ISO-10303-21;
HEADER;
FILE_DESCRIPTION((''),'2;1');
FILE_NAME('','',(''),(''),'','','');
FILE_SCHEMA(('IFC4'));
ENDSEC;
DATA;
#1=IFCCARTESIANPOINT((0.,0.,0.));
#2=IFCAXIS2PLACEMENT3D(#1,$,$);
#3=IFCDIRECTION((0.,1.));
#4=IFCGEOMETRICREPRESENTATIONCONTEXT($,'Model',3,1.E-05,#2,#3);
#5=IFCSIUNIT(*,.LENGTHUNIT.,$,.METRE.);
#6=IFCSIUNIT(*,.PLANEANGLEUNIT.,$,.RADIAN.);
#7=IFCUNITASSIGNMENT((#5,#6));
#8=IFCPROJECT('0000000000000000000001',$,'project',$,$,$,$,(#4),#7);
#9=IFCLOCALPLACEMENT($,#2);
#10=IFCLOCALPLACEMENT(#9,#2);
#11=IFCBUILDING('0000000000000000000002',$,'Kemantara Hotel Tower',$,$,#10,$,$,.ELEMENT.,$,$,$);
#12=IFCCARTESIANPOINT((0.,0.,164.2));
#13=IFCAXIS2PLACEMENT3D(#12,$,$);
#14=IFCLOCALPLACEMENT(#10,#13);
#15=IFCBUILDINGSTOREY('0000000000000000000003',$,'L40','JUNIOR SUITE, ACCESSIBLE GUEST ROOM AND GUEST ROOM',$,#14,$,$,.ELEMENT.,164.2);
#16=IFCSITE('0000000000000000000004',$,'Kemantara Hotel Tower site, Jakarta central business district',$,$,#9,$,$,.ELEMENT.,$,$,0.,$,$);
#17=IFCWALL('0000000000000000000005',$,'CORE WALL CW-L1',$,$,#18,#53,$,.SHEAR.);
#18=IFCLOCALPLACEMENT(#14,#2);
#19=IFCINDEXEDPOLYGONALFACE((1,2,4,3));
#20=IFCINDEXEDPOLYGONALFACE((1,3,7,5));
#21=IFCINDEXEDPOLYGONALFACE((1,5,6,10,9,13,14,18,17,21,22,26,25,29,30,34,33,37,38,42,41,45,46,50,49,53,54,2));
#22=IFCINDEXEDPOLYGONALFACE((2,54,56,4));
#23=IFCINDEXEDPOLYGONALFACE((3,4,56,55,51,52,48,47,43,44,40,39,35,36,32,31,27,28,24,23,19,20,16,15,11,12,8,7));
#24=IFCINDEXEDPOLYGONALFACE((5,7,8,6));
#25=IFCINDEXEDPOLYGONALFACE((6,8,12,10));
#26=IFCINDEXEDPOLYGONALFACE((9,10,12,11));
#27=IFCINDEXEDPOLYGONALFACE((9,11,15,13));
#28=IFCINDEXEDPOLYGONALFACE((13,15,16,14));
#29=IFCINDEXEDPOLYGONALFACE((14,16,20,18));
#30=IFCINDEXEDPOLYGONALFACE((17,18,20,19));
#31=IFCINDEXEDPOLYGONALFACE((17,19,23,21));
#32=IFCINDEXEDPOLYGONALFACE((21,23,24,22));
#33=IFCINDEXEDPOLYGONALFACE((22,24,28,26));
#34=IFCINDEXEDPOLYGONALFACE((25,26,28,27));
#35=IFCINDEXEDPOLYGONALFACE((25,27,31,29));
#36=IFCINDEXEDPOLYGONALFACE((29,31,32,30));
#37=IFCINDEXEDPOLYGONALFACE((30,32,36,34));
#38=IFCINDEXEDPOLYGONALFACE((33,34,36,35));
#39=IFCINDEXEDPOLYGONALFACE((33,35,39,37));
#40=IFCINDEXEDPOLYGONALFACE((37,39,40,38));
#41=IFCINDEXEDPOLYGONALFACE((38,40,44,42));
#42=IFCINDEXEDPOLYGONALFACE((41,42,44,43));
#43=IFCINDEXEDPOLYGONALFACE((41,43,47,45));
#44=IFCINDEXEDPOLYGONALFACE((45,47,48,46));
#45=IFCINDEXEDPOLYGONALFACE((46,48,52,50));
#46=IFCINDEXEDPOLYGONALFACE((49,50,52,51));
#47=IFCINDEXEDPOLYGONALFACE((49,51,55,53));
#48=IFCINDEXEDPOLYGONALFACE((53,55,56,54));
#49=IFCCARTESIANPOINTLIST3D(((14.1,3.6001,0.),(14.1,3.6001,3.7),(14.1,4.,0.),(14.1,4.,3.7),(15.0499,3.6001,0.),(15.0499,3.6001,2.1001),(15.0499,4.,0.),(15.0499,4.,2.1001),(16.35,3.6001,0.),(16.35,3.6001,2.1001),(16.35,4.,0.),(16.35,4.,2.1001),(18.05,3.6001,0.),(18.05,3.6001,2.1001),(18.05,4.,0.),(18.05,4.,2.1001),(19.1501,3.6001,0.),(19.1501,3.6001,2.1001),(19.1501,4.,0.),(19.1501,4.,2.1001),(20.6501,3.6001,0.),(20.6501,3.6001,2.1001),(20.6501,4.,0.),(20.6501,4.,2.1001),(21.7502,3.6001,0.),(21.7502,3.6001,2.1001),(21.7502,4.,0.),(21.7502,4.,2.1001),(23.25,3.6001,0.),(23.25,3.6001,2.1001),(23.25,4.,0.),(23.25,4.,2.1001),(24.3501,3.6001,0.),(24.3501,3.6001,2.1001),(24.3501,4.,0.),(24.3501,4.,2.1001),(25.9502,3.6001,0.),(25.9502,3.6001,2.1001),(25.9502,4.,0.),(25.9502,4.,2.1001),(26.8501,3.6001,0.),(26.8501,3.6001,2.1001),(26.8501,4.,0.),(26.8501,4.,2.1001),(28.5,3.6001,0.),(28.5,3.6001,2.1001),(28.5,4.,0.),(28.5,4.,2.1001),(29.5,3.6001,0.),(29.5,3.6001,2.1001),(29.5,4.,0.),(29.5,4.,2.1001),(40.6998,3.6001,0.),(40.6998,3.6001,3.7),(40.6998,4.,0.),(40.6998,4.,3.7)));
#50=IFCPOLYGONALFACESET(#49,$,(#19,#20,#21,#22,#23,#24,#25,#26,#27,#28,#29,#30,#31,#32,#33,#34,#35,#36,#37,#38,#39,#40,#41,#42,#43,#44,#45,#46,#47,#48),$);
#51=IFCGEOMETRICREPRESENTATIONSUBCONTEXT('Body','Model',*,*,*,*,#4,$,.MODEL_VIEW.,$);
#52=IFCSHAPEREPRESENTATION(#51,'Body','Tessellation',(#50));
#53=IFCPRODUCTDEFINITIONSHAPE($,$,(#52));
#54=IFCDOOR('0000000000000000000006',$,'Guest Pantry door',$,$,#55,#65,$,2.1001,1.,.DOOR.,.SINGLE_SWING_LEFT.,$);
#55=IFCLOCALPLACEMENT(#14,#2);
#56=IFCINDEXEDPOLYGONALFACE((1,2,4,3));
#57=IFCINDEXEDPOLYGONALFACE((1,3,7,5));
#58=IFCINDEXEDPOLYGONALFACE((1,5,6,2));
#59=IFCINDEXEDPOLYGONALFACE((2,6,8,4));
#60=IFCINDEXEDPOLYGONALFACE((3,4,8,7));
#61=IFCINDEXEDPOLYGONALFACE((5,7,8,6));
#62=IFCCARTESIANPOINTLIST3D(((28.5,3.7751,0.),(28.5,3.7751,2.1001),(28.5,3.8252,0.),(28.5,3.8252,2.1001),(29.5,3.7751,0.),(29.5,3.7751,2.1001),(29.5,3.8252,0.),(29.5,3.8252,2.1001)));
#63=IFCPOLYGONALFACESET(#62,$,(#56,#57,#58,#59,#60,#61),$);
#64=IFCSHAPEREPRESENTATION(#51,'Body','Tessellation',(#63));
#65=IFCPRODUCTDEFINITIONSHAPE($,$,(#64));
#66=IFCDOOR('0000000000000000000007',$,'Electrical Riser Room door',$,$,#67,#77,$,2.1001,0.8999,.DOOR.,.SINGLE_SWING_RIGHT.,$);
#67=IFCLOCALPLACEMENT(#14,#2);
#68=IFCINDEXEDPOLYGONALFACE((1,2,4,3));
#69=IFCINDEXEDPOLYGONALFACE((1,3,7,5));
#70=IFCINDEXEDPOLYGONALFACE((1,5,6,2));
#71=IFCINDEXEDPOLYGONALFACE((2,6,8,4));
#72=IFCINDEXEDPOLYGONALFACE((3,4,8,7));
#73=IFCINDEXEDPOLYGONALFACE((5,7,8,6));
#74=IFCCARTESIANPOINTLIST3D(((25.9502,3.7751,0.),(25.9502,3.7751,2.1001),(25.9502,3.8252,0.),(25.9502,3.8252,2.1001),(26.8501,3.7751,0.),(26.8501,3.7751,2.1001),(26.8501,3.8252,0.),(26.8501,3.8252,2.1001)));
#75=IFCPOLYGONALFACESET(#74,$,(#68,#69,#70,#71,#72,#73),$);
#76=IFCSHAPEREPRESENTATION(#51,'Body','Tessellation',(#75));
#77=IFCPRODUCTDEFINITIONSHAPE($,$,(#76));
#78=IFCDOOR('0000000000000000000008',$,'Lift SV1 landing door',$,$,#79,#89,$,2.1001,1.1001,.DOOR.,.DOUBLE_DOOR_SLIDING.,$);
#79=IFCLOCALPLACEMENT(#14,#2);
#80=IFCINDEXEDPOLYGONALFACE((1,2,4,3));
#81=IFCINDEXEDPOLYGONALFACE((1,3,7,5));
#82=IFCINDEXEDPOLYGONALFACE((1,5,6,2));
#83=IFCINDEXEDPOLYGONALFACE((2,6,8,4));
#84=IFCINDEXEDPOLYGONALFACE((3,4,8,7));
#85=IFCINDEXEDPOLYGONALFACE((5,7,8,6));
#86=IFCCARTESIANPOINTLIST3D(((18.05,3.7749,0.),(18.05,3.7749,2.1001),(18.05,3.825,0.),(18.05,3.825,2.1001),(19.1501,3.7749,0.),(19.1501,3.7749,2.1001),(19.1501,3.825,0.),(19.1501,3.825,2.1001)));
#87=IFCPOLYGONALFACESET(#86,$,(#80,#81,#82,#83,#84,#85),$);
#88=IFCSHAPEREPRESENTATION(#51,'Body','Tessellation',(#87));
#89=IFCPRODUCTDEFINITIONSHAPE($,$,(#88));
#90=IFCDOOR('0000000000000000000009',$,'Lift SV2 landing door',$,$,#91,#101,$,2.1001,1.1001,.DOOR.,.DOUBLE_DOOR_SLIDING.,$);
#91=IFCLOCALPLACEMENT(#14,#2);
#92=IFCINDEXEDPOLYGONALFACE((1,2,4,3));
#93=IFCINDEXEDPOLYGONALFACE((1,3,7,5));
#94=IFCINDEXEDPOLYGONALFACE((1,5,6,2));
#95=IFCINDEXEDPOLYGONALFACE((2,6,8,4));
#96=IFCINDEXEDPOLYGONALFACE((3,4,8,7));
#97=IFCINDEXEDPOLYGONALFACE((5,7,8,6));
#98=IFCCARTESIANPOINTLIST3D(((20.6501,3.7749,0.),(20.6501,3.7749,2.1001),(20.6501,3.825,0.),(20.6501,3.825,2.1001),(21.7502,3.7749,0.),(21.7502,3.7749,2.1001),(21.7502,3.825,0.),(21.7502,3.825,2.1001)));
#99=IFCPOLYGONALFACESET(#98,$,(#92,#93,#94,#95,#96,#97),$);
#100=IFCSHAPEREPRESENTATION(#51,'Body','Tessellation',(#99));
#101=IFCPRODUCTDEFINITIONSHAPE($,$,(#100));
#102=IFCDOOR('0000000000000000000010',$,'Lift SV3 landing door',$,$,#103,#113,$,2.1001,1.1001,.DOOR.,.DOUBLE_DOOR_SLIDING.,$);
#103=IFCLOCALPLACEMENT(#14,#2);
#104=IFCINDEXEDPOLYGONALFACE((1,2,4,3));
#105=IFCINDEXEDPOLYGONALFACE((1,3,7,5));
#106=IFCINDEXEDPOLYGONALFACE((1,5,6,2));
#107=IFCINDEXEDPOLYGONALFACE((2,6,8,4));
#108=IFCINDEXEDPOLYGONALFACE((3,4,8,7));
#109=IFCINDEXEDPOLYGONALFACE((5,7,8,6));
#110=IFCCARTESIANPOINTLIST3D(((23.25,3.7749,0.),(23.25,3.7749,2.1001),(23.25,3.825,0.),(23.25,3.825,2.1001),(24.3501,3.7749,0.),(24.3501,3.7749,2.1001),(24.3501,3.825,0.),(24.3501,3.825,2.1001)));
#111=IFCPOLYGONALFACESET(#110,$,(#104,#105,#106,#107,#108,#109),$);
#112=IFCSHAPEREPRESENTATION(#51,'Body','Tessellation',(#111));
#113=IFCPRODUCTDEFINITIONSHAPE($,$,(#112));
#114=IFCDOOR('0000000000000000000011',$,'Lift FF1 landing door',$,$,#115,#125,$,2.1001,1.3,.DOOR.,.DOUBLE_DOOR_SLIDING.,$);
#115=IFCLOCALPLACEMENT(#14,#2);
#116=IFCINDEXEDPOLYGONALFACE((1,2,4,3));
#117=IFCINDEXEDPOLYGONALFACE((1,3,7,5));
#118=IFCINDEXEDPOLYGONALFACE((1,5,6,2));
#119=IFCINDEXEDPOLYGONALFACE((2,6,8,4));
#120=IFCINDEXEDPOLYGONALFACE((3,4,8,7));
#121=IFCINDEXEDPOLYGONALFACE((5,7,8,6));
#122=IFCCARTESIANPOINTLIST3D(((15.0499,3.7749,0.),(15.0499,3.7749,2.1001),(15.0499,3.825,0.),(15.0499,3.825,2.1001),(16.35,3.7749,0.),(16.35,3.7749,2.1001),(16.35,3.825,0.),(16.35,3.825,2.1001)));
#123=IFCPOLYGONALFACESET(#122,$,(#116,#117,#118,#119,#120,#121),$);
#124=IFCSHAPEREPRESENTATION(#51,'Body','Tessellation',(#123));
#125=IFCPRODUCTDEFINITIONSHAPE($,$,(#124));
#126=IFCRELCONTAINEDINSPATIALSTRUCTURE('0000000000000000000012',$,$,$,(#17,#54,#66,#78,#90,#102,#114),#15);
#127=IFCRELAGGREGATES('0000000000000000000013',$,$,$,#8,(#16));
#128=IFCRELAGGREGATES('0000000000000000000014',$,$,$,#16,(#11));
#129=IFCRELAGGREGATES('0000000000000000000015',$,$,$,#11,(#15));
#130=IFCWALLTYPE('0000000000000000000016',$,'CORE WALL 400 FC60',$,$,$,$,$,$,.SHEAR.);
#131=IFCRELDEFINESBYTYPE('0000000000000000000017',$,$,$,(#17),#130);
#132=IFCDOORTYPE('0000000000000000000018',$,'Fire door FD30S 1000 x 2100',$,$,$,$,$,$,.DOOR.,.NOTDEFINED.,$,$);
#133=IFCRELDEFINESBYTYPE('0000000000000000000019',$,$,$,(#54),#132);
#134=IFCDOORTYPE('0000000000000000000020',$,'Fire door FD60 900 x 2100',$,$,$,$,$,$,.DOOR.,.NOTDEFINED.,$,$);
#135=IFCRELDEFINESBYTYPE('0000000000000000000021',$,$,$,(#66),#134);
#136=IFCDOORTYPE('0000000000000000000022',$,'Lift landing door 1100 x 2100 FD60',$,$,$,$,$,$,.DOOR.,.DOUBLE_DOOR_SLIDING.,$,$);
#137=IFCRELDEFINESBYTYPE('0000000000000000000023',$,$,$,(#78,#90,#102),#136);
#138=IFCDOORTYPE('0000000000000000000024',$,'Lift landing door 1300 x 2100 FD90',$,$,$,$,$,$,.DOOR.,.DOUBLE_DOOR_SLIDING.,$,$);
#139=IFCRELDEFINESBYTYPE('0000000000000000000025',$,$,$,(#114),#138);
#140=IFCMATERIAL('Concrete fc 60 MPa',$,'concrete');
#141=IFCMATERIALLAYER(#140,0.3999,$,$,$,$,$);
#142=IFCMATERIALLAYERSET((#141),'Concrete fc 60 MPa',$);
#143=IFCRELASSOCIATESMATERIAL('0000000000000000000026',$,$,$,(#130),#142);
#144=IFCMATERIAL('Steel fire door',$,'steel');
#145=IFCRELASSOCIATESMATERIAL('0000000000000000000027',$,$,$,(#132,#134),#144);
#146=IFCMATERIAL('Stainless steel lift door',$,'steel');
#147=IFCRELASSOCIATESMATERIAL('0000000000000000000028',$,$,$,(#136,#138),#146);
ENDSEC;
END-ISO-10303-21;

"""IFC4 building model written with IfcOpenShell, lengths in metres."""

from ifc_helpers import new_model, si_unit, direction, frame, frame_2d, origin, place, context, subcontext, project, spatial, rectangle, extrude, material, layer, layer_set, type_object, element, fill, save


model = new_model("IFC4")

# Units and contexts
model_context = context("Model", 3, precision=1e-05, world=origin(), true_north=direction((0.0, 1.0)))
body_context = subcontext(model_context, "Body", "Model", "MODEL_VIEW")
ifc_project = project(units=[si_unit("LENGTHUNIT", "METRE"), si_unit("PLANEANGLEUNIT", "RADIAN")], contexts=[model_context])

# Site, building, storey
site_placement = place(None, origin())
site = spatial("IfcSite", under=ifc_project, at=site_placement, Name="Kemantara Hotel Tower site, Jakarta central business district", CompositionType="ELEMENT", RefElevation=0.0)
building_placement = place(site_placement, origin())
building = spatial("IfcBuilding", under=site, at=building_placement, Name="Kemantara Hotel Tower", CompositionType="ELEMENT")
storey_placement = place(building_placement, frame((0.0, 0.0, 164.2)))
storey = spatial("IfcBuildingStorey", under=building, at=storey_placement, Name="L40", Description="JUNIOR SUITE, ACCESSIBLE GUEST ROOM AND GUEST ROOM", CompositionType="ELEMENT", Elevation=164.2)

# Shared definitions
ifc_material_1 = material(Name="Concrete fc 60 MPa", Category="concrete")
ifc_layer_1 = layer(ifc_material_1, 0.3999)
ifc_layer_set_1 = layer_set([ifc_layer_1], Name="Concrete fc 60 MPa")
wall_type_1 = type_object("IfcWallType", Name="CORE WALL 400 FC60", PredefinedType="SHEAR", material=ifc_layer_set_1)

# Wall, openings, doors
wall_1_placement = place(storey_placement, frame((14.1001, 3.8, 0.0), z_axis=(0.0, 0.0, 1.0), x_axis=(1.0, 0.0, 0.0)))
wall_1 = element("IfcWall", 1, at=wall_1_placement, inside=storey, type_object=wall_type_1, Name="CORE WALL CW-L1", PredefinedType="SHEAR", context=body_context, shape_type="SweptSolid", body=[
    extrude(rectangle(XDim=26.5999, YDim=0.3999, at=frame_2d((13.2998, 0.0))), origin(), (0.0, 0.0, 1.0), 3.7),
])
opening_1_placement = place(wall_1_placement, frame((0.95, 0.0, 0.0)))
opening_1 = element("IfcOpeningElement", 2, at=opening_1_placement, cuts=wall_1, PredefinedType="OPENING", context=body_context, shape_type="SweptSolid", body=[
    extrude(rectangle(XDim=1.3, YDim=2.1001, at=frame_2d((0.6499, 1.05))), frame((0.0, 0.21, 0.0), z_axis=(0.0, -1.0, 0.0), x_axis=(1.0, 0.0, 0.0)), (0.0, 0.0, 1.0), 0.4199),
])
opening_2_placement = place(wall_1_placement, frame((3.95, 0.0, 0.0)))
opening_2 = element("IfcOpeningElement", 3, at=opening_2_placement, cuts=wall_1, PredefinedType="OPENING", context=body_context, shape_type="SweptSolid", body=[
    extrude(rectangle(XDim=1.1001, YDim=2.1001, at=frame_2d((0.55, 1.05))), frame((0.0, 0.21, 0.0), z_axis=(0.0, -1.0, 0.0), x_axis=(1.0, 0.0, 0.0)), (0.0, 0.0, 1.0), 0.4199),
])
opening_3_placement = place(wall_1_placement, frame((6.55, 0.0, 0.0)))
opening_3 = element("IfcOpeningElement", 4, at=opening_3_placement, cuts=wall_1, PredefinedType="OPENING", context=body_context, shape_type="SweptSolid", body=[
    extrude(rectangle(XDim=1.1001, YDim=2.1001, at=frame_2d((0.55, 1.05))), frame((0.0, 0.21, 0.0), z_axis=(0.0, -1.0, 0.0), x_axis=(1.0, 0.0, 0.0)), (0.0, 0.0, 1.0), 0.4199),
])
opening_4_placement = place(wall_1_placement, frame((9.1499, 0.0, 0.0)))
opening_4 = element("IfcOpeningElement", 5, at=opening_4_placement, cuts=wall_1, PredefinedType="OPENING", context=body_context, shape_type="SweptSolid", body=[
    extrude(rectangle(XDim=1.1001, YDim=2.1001, at=frame_2d((0.55, 1.05))), frame((0.0, 0.21, 0.0), z_axis=(0.0, -1.0, 0.0), x_axis=(1.0, 0.0, 0.0)), (0.0, 0.0, 1.0), 0.4199),
])
opening_5_placement = place(wall_1_placement, frame((11.8501, 0.0, 0.0)))
opening_5 = element("IfcOpeningElement", 6, at=opening_5_placement, cuts=wall_1, PredefinedType="OPENING", context=body_context, shape_type="SweptSolid", body=[
    extrude(rectangle(XDim=0.8999, YDim=2.1001, at=frame_2d((0.45, 1.05))), frame((0.0, 0.21, 0.0), z_axis=(0.0, -1.0, 0.0), x_axis=(1.0, 0.0, 0.0)), (0.0, 0.0, 1.0), 0.4199),
])
opening_6_placement = place(wall_1_placement, frame((14.3999, 0.0, 0.0)))
opening_6 = element("IfcOpeningElement", 7, at=opening_6_placement, cuts=wall_1, PredefinedType="OPENING", context=body_context, shape_type="SweptSolid", body=[
    extrude(rectangle(XDim=1.0, YDim=2.1001, at=frame_2d((0.5, 1.05))), frame((0.0, 0.21, 0.0), z_axis=(0.0, -1.0, 0.0), x_axis=(1.0, 0.0, 0.0)), (0.0, 0.0, 1.0), 0.4199),
])
ifc_material_2 = material(Name="Steel fire door", Category="steel")
door_type_1 = type_object("IfcDoorType", Name="Fire door FD30S 1000 x 2100", OperationType="NOTDEFINED", PredefinedType="DOOR", material=ifc_material_2)
door_1_placement = place(opening_6_placement, frame((1.0, 0.0, 0.0), z_axis=(0.0, 0.0, 1.0), x_axis=(-1.0, 0.0, 0.0)))
door_1 = element("IfcDoor", 8, at=door_1_placement, inside=storey, type_object=door_type_1, Name="Guest Pantry door", OperationType="SINGLE_SWING_LEFT", OverallHeight=2.1001, OverallWidth=1.0, PredefinedType="DOOR", context=body_context, shape_type="SweptSolid", body=[
    extrude(rectangle(XDim=1.0, YDim=2.1001, at=frame_2d((0.5, 1.05))), frame((0.0, 0.0249, 0.0), z_axis=(0.0, -1.0, 0.0), x_axis=(1.0, 0.0, 0.0)), (0.0, 0.0, 1.0), 0.05),
])
fill(opening_6, door_1)
door_type_2 = type_object("IfcDoorType", Name="Fire door FD60 900 x 2100", OperationType="NOTDEFINED", PredefinedType="DOOR", material=ifc_material_2)
door_2_placement = place(opening_5_placement, frame((0.8999, 0.0, 0.0), z_axis=(0.0, 0.0, 1.0), x_axis=(-1.0, 0.0, 0.0)))
door_2 = element("IfcDoor", 9, at=door_2_placement, inside=storey, type_object=door_type_2, Name="Electrical Riser Room door", OperationType="SINGLE_SWING_RIGHT", OverallHeight=2.1001, OverallWidth=0.8999, PredefinedType="DOOR", context=body_context, shape_type="SweptSolid", body=[
    extrude(rectangle(XDim=0.8999, YDim=2.1001, at=frame_2d((0.45, 1.05))), frame((0.0, 0.0249, 0.0), z_axis=(0.0, -1.0, 0.0), x_axis=(1.0, 0.0, 0.0)), (0.0, 0.0, 1.0), 0.05),
])
fill(opening_5, door_2)
ifc_material_3 = material(Name="Stainless steel lift door", Category="steel")
door_type_3 = type_object("IfcDoorType", Name="Lift landing door 1100 x 2100 FD60", OperationType="DOUBLE_DOOR_SLIDING", PredefinedType="DOOR", material=ifc_material_3)
door_3_placement = place(opening_2_placement, origin())
door_3 = element("IfcDoor", 10, at=door_3_placement, inside=storey, type_object=door_type_3, Name="Lift SV1 landing door", OperationType="DOUBLE_DOOR_SLIDING", OverallHeight=2.1001, OverallWidth=1.1001, PredefinedType="DOOR", context=body_context, shape_type="SweptSolid", body=[
    extrude(rectangle(XDim=1.1001, YDim=2.1001, at=frame_2d((0.55, 1.05))), frame((0.0, 0.0249, 0.0), z_axis=(0.0, -1.0, 0.0), x_axis=(1.0, 0.0, 0.0)), (0.0, 0.0, 1.0), 0.05),
])
fill(opening_2, door_3)
door_4_placement = place(opening_3_placement, origin())
door_4 = element("IfcDoor", 11, at=door_4_placement, inside=storey, type_object=door_type_3, Name="Lift SV2 landing door", OperationType="DOUBLE_DOOR_SLIDING", OverallHeight=2.1001, OverallWidth=1.1001, PredefinedType="DOOR", context=body_context, shape_type="SweptSolid", body=[
    extrude(rectangle(XDim=1.1001, YDim=2.1001, at=frame_2d((0.55, 1.05))), frame((0.0, 0.0249, 0.0), z_axis=(0.0, -1.0, 0.0), x_axis=(1.0, 0.0, 0.0)), (0.0, 0.0, 1.0), 0.05),
])
fill(opening_3, door_4)
door_5_placement = place(opening_4_placement, origin())
door_5 = element("IfcDoor", 12, at=door_5_placement, inside=storey, type_object=door_type_3, Name="Lift SV3 landing door", OperationType="DOUBLE_DOOR_SLIDING", OverallHeight=2.1001, OverallWidth=1.1001, PredefinedType="DOOR", context=body_context, shape_type="SweptSolid", body=[
    extrude(rectangle(XDim=1.1001, YDim=2.1001, at=frame_2d((0.55, 1.05))), frame((0.0, 0.0249, 0.0), z_axis=(0.0, -1.0, 0.0), x_axis=(1.0, 0.0, 0.0)), (0.0, 0.0, 1.0), 0.05),
])
fill(opening_4, door_5)
door_type_4 = type_object("IfcDoorType", Name="Lift landing door 1300 x 2100 FD90", OperationType="DOUBLE_DOOR_SLIDING", PredefinedType="DOOR", material=ifc_material_3)
door_6_placement = place(opening_1_placement, origin())
door_6 = element("IfcDoor", 13, at=door_6_placement, inside=storey, type_object=door_type_4, Name="Lift FF1 landing door", OperationType="DOUBLE_DOOR_SLIDING", OverallHeight=2.1001, OverallWidth=1.3, PredefinedType="DOOR", context=body_context, shape_type="SweptSolid", body=[
    extrude(rectangle(XDim=1.3, YDim=2.1001, at=frame_2d((0.6499, 1.05))), frame((0.0, 0.0249, 0.0), z_axis=(0.0, -1.0, 0.0), x_axis=(1.0, 0.0, 0.0)), (0.0, 0.0, 1.0), 0.05),
])
fill(opening_1, door_6)

save(model, "model.ifc")
